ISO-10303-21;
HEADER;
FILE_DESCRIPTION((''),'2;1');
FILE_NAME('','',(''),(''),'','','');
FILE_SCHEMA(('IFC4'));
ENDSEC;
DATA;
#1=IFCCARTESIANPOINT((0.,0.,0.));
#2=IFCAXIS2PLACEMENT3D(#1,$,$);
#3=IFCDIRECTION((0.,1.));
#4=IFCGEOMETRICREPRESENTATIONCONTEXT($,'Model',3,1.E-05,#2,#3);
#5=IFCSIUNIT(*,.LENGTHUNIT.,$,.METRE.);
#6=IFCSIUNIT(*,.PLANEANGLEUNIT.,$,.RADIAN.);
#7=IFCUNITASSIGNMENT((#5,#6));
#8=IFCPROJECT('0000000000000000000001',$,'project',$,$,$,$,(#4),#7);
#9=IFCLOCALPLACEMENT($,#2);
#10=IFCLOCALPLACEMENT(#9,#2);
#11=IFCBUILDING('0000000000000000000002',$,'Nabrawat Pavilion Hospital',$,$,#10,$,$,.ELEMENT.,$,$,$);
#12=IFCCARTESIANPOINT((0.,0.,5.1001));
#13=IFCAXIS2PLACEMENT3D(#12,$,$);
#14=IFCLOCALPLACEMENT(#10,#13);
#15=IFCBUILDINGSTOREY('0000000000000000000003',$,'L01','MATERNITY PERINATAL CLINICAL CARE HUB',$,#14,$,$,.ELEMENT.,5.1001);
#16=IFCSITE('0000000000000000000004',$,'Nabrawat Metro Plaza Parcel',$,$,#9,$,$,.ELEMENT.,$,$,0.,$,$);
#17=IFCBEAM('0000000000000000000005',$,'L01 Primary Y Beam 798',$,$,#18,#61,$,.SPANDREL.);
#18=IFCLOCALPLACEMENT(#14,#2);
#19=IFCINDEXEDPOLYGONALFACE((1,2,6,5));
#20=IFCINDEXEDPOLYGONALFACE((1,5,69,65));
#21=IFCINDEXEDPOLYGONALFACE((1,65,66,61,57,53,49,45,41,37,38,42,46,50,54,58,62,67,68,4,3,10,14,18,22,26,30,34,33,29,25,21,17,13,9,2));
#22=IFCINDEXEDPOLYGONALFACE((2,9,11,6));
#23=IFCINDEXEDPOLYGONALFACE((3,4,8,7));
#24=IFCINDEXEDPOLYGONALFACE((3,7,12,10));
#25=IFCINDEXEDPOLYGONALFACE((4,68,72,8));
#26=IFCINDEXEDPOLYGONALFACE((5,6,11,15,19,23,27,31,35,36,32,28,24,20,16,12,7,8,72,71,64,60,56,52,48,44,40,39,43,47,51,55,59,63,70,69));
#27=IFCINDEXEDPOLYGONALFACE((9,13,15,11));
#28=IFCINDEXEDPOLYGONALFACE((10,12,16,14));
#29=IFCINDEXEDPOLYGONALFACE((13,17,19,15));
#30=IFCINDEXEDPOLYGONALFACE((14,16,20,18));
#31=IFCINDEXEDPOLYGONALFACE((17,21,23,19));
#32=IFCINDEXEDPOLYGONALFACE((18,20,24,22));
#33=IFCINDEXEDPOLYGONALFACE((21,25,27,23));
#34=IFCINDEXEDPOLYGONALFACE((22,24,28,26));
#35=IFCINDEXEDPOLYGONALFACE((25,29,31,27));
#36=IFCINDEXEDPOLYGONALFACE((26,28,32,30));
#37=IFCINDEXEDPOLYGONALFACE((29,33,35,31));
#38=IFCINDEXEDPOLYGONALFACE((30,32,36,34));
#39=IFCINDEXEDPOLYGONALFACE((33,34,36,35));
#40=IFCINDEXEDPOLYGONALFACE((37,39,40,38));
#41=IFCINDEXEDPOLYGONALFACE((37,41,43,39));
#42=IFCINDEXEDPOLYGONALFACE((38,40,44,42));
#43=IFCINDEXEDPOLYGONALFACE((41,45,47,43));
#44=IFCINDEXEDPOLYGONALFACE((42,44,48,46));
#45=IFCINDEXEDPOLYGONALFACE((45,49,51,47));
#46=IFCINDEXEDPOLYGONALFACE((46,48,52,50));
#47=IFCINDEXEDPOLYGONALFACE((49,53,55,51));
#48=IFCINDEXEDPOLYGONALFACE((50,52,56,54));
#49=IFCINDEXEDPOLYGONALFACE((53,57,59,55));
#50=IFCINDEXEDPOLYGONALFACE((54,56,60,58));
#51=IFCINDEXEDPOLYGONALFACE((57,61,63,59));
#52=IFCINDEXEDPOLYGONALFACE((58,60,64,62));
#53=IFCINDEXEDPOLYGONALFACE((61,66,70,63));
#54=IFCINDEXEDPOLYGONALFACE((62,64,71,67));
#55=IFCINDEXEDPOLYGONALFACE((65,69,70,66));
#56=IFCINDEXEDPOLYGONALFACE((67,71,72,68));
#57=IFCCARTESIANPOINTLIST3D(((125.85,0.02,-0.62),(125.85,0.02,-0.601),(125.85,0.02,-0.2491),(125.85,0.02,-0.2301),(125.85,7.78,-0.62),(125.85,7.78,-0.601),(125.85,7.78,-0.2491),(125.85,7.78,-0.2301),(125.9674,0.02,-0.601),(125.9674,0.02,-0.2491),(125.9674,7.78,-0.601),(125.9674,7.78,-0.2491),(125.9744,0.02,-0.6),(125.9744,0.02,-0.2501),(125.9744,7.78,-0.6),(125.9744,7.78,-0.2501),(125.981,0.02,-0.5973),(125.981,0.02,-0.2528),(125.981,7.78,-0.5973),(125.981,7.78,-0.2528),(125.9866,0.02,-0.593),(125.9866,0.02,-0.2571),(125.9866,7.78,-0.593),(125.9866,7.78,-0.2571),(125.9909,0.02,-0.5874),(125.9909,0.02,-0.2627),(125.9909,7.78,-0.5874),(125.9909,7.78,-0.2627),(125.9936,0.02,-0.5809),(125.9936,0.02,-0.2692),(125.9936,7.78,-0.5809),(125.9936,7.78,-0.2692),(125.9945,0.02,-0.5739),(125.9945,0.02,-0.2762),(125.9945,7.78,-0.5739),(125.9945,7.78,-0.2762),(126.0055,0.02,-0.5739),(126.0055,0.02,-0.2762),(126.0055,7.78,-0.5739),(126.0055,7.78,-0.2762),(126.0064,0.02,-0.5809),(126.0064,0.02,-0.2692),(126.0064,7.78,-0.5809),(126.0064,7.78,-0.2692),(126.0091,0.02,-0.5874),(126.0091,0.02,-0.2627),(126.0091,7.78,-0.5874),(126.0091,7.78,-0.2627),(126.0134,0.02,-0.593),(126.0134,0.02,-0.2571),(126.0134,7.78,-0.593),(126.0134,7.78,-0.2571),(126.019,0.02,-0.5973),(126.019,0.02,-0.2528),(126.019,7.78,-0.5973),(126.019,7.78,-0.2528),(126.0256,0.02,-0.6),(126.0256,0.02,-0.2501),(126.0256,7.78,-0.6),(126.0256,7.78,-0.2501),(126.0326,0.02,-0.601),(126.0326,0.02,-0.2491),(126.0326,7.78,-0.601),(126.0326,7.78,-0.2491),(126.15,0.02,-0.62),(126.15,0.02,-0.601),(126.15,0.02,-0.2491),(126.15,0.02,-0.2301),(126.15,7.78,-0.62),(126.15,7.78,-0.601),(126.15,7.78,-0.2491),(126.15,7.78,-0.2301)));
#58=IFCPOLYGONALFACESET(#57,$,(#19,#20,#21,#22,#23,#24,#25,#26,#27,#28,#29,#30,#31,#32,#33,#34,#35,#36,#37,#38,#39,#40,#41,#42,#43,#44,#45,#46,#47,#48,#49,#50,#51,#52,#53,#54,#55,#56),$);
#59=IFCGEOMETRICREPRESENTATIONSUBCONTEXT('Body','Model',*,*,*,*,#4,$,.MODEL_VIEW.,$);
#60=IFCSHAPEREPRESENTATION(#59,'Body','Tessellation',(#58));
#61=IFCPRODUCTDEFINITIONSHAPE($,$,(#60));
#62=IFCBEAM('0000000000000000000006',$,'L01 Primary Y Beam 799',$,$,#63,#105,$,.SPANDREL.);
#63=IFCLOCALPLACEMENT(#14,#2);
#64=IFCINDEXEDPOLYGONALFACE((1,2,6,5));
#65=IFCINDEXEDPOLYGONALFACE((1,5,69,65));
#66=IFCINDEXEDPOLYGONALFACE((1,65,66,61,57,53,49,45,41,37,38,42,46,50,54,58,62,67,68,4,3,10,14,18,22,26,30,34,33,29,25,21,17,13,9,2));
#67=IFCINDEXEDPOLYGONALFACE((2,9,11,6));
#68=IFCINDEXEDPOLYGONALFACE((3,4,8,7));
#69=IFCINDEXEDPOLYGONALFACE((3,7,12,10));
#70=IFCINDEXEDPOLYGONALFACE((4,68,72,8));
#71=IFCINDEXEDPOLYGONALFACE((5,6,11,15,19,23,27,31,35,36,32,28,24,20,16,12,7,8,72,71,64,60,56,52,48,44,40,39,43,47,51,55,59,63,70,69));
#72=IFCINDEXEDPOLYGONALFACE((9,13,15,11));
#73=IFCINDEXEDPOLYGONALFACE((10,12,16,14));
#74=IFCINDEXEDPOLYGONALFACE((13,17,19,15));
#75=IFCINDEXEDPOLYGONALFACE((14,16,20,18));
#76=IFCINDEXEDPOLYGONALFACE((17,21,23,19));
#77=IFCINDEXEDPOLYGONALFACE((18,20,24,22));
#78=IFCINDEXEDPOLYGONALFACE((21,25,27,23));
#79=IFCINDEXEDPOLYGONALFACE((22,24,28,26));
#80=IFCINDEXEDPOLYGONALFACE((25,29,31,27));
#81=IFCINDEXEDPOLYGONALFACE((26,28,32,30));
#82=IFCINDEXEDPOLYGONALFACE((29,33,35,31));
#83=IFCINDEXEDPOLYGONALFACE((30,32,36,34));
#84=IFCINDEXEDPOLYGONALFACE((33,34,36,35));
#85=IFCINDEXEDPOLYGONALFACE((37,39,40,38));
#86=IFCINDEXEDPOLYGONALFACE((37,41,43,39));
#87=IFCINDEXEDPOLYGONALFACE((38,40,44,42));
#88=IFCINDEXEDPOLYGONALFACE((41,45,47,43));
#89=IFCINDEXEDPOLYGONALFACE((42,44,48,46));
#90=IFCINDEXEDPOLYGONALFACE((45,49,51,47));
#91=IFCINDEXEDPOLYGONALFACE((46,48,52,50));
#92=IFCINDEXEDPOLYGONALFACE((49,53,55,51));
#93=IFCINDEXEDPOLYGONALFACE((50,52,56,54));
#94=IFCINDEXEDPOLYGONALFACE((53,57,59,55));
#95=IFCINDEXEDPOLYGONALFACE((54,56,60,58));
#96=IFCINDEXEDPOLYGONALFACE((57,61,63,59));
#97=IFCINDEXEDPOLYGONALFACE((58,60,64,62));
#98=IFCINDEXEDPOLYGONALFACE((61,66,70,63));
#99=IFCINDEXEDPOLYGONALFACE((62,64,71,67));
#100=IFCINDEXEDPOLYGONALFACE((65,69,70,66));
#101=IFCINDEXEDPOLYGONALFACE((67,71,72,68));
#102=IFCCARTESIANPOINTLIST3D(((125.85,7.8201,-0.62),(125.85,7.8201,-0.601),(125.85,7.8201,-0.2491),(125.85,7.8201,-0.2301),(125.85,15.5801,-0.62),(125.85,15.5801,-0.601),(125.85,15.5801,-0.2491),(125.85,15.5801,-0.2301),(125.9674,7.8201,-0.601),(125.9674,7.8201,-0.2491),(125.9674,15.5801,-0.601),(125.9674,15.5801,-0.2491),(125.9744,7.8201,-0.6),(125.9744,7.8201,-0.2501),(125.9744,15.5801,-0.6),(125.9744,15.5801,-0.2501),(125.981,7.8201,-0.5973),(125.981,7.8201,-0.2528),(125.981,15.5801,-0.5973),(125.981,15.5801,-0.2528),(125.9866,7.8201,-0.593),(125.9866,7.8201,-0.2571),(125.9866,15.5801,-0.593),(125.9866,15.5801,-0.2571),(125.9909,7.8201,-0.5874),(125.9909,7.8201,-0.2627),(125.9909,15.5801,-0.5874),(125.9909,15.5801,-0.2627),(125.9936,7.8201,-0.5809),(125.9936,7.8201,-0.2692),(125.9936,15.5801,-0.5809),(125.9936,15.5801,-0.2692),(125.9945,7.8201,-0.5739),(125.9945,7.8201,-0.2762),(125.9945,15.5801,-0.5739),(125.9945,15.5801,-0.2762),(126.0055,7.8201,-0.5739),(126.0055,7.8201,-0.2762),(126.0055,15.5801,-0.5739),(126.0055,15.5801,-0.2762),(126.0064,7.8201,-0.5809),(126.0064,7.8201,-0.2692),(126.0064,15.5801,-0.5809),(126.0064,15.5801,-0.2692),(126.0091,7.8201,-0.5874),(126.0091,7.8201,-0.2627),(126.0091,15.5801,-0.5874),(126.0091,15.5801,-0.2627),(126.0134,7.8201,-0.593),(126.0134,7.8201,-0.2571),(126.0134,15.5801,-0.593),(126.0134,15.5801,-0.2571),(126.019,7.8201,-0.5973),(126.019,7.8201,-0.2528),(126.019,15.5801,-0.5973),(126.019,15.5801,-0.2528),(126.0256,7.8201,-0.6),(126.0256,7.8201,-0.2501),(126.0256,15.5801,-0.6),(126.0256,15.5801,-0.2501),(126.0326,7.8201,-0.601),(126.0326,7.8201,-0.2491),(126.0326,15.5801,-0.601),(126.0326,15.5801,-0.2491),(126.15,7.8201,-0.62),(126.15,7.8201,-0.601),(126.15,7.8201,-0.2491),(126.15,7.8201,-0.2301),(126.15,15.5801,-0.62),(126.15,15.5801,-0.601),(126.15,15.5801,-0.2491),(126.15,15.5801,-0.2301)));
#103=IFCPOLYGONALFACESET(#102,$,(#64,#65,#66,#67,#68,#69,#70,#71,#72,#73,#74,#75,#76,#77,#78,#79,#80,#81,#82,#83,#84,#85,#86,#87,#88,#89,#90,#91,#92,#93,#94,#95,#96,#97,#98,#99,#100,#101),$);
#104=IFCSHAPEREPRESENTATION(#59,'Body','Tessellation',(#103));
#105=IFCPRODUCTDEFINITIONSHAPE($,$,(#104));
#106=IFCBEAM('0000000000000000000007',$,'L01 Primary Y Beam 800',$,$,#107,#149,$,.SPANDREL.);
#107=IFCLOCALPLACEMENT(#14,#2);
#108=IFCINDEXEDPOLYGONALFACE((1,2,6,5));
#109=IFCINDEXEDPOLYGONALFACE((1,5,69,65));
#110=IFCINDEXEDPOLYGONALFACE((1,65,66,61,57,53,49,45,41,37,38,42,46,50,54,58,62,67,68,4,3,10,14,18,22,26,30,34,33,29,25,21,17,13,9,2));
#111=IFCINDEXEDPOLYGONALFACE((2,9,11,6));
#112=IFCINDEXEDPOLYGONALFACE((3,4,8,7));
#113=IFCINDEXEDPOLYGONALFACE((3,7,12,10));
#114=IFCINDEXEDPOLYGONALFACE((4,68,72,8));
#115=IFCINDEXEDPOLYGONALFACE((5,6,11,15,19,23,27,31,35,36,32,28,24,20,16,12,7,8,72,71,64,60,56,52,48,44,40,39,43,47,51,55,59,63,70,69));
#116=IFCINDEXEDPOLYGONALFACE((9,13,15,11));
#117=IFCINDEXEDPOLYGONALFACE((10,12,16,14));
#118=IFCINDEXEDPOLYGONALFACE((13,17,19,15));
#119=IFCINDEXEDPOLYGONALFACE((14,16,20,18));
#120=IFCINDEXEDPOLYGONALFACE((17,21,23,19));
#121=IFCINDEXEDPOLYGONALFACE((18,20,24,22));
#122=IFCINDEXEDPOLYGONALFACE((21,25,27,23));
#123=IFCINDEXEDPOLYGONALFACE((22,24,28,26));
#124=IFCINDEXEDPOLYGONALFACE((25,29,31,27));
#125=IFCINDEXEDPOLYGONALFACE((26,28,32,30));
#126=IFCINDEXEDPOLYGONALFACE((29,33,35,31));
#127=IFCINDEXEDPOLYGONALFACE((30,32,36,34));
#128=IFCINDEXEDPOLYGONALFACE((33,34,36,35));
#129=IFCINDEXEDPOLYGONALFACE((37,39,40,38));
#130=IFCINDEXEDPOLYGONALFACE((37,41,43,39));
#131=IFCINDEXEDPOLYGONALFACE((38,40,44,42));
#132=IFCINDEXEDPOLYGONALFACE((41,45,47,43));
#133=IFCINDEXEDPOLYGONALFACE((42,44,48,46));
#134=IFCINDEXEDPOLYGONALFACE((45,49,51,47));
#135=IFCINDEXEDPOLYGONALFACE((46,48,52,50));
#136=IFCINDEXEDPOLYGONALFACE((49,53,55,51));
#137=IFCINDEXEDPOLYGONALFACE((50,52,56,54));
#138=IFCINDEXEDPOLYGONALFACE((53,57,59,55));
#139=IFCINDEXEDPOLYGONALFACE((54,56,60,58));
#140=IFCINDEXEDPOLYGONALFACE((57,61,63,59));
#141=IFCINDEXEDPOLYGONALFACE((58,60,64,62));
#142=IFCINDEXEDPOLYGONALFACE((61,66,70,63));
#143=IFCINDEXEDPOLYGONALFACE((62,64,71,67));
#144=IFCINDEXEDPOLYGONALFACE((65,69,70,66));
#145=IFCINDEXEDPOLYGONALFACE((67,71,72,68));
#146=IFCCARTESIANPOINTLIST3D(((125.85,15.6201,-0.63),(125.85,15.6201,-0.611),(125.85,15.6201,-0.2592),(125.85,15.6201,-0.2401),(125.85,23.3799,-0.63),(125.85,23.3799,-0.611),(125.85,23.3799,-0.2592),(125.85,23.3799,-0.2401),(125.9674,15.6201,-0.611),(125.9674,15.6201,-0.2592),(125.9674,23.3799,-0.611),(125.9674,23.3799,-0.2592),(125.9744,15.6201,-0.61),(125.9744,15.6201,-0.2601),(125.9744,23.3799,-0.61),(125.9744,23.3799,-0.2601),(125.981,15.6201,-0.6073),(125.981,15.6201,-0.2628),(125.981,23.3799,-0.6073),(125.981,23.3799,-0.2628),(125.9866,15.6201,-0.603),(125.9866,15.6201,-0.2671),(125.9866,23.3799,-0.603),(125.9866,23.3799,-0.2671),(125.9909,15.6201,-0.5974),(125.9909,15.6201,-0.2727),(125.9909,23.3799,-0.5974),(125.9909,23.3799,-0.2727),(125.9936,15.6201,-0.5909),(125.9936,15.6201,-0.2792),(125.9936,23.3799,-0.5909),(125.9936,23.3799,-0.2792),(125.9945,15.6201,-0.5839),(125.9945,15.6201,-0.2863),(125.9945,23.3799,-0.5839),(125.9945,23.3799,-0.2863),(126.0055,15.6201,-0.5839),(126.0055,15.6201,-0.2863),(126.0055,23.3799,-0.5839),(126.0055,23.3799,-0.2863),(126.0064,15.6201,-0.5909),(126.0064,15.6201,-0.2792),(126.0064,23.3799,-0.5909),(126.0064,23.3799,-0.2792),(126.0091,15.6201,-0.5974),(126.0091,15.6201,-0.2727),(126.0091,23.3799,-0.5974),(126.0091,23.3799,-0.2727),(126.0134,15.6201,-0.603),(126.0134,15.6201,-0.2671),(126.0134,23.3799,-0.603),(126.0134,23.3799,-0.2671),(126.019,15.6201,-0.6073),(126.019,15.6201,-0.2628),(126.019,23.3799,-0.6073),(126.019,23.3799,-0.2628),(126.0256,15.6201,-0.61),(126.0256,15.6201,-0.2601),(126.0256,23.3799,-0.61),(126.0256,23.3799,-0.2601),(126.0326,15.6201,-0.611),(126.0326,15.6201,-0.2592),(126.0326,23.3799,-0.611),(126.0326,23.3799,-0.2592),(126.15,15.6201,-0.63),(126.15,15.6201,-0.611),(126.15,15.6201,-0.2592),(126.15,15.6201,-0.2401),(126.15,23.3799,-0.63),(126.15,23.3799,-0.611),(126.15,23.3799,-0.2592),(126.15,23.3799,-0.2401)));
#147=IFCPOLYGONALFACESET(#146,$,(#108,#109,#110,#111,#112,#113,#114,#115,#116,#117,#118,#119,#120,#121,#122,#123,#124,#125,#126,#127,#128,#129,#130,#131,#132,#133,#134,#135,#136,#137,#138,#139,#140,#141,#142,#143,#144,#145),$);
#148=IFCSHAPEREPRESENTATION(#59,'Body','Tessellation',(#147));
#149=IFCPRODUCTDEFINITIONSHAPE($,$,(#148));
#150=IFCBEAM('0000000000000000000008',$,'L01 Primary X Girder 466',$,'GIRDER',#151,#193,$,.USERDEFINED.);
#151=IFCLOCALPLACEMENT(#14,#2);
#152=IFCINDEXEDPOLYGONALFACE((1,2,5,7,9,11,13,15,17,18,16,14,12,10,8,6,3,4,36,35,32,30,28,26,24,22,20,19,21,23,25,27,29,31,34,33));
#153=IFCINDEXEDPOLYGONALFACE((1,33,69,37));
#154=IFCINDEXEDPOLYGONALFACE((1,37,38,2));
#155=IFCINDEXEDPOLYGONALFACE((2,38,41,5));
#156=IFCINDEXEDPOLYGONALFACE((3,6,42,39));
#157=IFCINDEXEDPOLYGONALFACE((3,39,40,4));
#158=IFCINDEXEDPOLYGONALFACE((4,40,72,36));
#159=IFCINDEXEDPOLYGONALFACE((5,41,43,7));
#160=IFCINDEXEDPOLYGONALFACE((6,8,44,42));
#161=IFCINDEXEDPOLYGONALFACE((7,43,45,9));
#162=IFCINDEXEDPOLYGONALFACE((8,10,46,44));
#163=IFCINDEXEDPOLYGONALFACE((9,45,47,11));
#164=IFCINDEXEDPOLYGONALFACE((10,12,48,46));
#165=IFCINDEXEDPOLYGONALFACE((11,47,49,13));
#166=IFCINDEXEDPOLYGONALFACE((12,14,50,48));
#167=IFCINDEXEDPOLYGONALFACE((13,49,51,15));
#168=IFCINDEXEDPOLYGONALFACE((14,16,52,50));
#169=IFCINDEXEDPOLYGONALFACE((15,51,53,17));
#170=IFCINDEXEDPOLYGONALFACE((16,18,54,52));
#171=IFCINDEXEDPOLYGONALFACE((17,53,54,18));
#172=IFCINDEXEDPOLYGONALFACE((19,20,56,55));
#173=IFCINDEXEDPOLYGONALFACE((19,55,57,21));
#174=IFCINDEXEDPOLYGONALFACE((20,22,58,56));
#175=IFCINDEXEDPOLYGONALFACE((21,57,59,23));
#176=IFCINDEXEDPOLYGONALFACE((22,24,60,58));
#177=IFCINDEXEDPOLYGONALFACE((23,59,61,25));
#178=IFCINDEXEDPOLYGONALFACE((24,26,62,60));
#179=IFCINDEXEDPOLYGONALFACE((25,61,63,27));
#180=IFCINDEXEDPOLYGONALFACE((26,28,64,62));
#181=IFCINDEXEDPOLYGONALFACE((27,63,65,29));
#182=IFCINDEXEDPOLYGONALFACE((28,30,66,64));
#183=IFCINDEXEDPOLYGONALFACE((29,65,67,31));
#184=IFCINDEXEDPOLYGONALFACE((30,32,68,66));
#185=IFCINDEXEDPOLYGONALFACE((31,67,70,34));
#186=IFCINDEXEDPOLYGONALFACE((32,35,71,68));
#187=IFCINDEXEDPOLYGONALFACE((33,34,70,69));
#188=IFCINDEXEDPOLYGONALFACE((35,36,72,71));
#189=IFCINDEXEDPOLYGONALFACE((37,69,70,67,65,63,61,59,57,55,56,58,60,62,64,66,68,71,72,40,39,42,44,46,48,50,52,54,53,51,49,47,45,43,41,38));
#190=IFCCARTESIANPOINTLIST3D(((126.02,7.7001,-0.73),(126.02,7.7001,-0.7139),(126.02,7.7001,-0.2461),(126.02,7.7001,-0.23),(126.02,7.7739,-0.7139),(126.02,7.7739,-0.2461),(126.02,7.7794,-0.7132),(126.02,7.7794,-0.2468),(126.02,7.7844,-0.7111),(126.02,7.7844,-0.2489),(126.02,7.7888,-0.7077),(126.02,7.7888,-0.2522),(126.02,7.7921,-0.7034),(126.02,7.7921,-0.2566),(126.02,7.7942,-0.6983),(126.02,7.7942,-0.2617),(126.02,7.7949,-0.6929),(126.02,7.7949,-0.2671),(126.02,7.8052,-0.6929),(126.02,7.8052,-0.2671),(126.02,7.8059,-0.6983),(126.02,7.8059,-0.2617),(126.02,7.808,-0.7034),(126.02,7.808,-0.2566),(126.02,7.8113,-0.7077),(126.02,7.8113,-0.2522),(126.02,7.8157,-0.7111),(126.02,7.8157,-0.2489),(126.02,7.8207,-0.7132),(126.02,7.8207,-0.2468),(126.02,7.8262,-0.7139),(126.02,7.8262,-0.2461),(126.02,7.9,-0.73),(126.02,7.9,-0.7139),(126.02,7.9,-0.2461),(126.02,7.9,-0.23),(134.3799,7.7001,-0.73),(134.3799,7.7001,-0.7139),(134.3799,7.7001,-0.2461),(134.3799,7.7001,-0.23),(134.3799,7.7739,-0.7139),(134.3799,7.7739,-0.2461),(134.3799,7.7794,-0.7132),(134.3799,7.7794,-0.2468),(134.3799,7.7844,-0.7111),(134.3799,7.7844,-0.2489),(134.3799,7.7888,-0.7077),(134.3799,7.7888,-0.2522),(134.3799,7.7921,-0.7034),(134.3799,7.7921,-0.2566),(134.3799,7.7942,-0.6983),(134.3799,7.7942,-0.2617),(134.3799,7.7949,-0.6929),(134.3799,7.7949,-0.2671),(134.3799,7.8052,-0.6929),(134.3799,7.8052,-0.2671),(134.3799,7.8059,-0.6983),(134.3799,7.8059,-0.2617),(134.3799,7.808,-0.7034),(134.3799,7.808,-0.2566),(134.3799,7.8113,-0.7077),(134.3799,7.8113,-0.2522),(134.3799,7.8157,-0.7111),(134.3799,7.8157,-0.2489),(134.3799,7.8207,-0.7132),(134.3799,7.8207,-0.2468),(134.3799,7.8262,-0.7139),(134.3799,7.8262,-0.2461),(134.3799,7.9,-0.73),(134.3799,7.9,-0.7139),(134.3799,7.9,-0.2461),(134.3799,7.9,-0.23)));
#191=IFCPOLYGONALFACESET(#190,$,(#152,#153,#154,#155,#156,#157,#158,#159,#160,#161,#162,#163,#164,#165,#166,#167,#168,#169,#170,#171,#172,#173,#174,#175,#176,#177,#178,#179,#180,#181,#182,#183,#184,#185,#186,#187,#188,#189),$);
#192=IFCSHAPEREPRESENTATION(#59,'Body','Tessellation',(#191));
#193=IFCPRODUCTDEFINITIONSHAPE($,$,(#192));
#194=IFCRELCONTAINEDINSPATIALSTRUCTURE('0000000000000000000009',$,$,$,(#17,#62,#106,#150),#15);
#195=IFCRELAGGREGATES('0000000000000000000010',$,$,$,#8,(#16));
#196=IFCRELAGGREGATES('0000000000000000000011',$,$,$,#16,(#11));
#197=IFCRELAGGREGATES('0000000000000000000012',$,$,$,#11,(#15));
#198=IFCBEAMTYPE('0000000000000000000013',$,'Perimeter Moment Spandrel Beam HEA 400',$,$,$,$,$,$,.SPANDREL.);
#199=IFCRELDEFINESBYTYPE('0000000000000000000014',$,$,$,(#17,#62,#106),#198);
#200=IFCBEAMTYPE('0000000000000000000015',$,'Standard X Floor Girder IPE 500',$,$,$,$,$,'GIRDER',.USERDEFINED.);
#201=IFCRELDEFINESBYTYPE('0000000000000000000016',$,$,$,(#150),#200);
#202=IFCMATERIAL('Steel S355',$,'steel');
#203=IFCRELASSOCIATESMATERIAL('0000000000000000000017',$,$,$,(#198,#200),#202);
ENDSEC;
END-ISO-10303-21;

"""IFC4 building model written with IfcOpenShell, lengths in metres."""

from ifc_helpers import new_model, si_unit, direction, frame, origin, origin_2d, place, context, subcontext, project, spatial, i_section, extrude, material, material_profile, profile_set, type_object, element, save


model = new_model("IFC4")

# Units and contexts
model_context = context("Model", 3, precision=1e-05, world=origin(), true_north=direction((0.0, 1.0)))
body_context = subcontext(model_context, "Body", "Model", "MODEL_VIEW")
ifc_project = project(units=[si_unit("LENGTHUNIT", "METRE"), si_unit("PLANEANGLEUNIT", "RADIAN")], contexts=[model_context])

# Site, building, storey
site_placement = place(None, origin())
site = spatial("IfcSite", under=ifc_project, at=site_placement, Name="Nabrawat Metro Plaza Parcel", CompositionType="ELEMENT", RefElevation=0.0)
building_placement = place(site_placement, origin())
building = spatial("IfcBuilding", under=site, at=building_placement, Name="Nabrawat Pavilion Hospital", CompositionType="ELEMENT")
storey_placement = place(building_placement, frame((0.0, 0.0, 5.1001)))
storey = spatial("IfcBuildingStorey", under=building, at=storey_placement, Name="L01", Description="MATERNITY PERINATAL CLINICAL CARE HUB", CompositionType="ELEMENT", Elevation=5.1001)

# Shared definitions
ifc_material_1 = material(Name="Steel S355", Category="steel")

# Beams
ifc_material_profile_1 = material_profile(ifc_material_1, i_section(OverallWidth=0.3, OverallDepth=0.3899, WebThickness=0.011, FlangeThickness=0.019, FilletRadius=0.0271, at=origin_2d()), Name="HEA 400")
ifc_profile_set_1 = profile_set([ifc_material_profile_1], Name="Steel S355")
beam_type_1 = type_object("IfcBeamType", Name="Perimeter Moment Spandrel Beam HEA 400", PredefinedType="SPANDREL", material=ifc_profile_set_1)
for number, where, z_axis, x_axis, name in (
    (1, (126.0, 0.02, -0.425), (0.0, 1.0, 0.0), (-1.0, 0.0, 0.0), "L01 Primary Y Beam 798"),
    (2, (126.0, 7.8201, -0.425), (0.0, 1.0, 0.0), (-1.0, 0.0, 0.0), "L01 Primary Y Beam 799"),
):
    element("IfcBeam", number, at=place(storey_placement, frame(where, z_axis=z_axis, x_axis=x_axis)), inside=storey, type_object=beam_type_1, Name=name, PredefinedType="SPANDREL", context=body_context, shape_type="SweptSolid", body=[
        extrude(i_section(OverallWidth=0.3, OverallDepth=0.3899, WebThickness=0.011, FlangeThickness=0.019, FilletRadius=0.0271, at=origin_2d()), origin(), (0.0, 0.0, 1.0), 7.76),
    ])
beam_1_placement = place(storey_placement, frame((126.0, 15.6201, -0.4351), z_axis=(0.0, 1.0, 0.0), x_axis=(-1.0, 0.0, 0.0)))
element("IfcBeam", 3, at=beam_1_placement, inside=storey, type_object=beam_type_1, Name="L01 Primary Y Beam 800", PredefinedType="SPANDREL", context=body_context, shape_type="SweptSolid", body=[
    extrude(i_section(OverallWidth=0.3, OverallDepth=0.3899, WebThickness=0.011, FlangeThickness=0.019, FilletRadius=0.0271, at=origin_2d()), origin(), (0.0, 0.0, 1.0), 7.7598),
])
ifc_material_profile_2 = material_profile(ifc_material_1, i_section(OverallWidth=0.2, OverallDepth=0.5, WebThickness=0.0103, FlangeThickness=0.0161, FilletRadius=0.021, at=origin_2d()), Name="IPE 500")
ifc_profile_set_2 = profile_set([ifc_material_profile_2], Name="Steel S355")
beam_type_2 = type_object("IfcBeamType", Name="Standard X Floor Girder IPE 500", ElementType="GIRDER", PredefinedType="USERDEFINED", material=ifc_profile_set_2)
for number, where, z_axis, x_axis, name in (
    (4, (126.02, 7.8, -0.48), (1.0, 0.0, 0.0), (0.0, 1.0, 0.0), "L01 Primary X Girder 466"),
):
    element("IfcBeam", number, at=place(storey_placement, frame(where, z_axis=z_axis, x_axis=x_axis)), inside=storey, type_object=beam_type_2, Name=name, ObjectType="GIRDER", PredefinedType="USERDEFINED", context=body_context, shape_type="SweptSolid", body=[
        extrude(i_section(OverallWidth=0.2, OverallDepth=0.5, WebThickness=0.0103, FlangeThickness=0.0161, FilletRadius=0.021, at=origin_2d()), origin(), (0.0, 0.0, 1.0), 8.3599),
    ])

save(model, "model.ifc")
